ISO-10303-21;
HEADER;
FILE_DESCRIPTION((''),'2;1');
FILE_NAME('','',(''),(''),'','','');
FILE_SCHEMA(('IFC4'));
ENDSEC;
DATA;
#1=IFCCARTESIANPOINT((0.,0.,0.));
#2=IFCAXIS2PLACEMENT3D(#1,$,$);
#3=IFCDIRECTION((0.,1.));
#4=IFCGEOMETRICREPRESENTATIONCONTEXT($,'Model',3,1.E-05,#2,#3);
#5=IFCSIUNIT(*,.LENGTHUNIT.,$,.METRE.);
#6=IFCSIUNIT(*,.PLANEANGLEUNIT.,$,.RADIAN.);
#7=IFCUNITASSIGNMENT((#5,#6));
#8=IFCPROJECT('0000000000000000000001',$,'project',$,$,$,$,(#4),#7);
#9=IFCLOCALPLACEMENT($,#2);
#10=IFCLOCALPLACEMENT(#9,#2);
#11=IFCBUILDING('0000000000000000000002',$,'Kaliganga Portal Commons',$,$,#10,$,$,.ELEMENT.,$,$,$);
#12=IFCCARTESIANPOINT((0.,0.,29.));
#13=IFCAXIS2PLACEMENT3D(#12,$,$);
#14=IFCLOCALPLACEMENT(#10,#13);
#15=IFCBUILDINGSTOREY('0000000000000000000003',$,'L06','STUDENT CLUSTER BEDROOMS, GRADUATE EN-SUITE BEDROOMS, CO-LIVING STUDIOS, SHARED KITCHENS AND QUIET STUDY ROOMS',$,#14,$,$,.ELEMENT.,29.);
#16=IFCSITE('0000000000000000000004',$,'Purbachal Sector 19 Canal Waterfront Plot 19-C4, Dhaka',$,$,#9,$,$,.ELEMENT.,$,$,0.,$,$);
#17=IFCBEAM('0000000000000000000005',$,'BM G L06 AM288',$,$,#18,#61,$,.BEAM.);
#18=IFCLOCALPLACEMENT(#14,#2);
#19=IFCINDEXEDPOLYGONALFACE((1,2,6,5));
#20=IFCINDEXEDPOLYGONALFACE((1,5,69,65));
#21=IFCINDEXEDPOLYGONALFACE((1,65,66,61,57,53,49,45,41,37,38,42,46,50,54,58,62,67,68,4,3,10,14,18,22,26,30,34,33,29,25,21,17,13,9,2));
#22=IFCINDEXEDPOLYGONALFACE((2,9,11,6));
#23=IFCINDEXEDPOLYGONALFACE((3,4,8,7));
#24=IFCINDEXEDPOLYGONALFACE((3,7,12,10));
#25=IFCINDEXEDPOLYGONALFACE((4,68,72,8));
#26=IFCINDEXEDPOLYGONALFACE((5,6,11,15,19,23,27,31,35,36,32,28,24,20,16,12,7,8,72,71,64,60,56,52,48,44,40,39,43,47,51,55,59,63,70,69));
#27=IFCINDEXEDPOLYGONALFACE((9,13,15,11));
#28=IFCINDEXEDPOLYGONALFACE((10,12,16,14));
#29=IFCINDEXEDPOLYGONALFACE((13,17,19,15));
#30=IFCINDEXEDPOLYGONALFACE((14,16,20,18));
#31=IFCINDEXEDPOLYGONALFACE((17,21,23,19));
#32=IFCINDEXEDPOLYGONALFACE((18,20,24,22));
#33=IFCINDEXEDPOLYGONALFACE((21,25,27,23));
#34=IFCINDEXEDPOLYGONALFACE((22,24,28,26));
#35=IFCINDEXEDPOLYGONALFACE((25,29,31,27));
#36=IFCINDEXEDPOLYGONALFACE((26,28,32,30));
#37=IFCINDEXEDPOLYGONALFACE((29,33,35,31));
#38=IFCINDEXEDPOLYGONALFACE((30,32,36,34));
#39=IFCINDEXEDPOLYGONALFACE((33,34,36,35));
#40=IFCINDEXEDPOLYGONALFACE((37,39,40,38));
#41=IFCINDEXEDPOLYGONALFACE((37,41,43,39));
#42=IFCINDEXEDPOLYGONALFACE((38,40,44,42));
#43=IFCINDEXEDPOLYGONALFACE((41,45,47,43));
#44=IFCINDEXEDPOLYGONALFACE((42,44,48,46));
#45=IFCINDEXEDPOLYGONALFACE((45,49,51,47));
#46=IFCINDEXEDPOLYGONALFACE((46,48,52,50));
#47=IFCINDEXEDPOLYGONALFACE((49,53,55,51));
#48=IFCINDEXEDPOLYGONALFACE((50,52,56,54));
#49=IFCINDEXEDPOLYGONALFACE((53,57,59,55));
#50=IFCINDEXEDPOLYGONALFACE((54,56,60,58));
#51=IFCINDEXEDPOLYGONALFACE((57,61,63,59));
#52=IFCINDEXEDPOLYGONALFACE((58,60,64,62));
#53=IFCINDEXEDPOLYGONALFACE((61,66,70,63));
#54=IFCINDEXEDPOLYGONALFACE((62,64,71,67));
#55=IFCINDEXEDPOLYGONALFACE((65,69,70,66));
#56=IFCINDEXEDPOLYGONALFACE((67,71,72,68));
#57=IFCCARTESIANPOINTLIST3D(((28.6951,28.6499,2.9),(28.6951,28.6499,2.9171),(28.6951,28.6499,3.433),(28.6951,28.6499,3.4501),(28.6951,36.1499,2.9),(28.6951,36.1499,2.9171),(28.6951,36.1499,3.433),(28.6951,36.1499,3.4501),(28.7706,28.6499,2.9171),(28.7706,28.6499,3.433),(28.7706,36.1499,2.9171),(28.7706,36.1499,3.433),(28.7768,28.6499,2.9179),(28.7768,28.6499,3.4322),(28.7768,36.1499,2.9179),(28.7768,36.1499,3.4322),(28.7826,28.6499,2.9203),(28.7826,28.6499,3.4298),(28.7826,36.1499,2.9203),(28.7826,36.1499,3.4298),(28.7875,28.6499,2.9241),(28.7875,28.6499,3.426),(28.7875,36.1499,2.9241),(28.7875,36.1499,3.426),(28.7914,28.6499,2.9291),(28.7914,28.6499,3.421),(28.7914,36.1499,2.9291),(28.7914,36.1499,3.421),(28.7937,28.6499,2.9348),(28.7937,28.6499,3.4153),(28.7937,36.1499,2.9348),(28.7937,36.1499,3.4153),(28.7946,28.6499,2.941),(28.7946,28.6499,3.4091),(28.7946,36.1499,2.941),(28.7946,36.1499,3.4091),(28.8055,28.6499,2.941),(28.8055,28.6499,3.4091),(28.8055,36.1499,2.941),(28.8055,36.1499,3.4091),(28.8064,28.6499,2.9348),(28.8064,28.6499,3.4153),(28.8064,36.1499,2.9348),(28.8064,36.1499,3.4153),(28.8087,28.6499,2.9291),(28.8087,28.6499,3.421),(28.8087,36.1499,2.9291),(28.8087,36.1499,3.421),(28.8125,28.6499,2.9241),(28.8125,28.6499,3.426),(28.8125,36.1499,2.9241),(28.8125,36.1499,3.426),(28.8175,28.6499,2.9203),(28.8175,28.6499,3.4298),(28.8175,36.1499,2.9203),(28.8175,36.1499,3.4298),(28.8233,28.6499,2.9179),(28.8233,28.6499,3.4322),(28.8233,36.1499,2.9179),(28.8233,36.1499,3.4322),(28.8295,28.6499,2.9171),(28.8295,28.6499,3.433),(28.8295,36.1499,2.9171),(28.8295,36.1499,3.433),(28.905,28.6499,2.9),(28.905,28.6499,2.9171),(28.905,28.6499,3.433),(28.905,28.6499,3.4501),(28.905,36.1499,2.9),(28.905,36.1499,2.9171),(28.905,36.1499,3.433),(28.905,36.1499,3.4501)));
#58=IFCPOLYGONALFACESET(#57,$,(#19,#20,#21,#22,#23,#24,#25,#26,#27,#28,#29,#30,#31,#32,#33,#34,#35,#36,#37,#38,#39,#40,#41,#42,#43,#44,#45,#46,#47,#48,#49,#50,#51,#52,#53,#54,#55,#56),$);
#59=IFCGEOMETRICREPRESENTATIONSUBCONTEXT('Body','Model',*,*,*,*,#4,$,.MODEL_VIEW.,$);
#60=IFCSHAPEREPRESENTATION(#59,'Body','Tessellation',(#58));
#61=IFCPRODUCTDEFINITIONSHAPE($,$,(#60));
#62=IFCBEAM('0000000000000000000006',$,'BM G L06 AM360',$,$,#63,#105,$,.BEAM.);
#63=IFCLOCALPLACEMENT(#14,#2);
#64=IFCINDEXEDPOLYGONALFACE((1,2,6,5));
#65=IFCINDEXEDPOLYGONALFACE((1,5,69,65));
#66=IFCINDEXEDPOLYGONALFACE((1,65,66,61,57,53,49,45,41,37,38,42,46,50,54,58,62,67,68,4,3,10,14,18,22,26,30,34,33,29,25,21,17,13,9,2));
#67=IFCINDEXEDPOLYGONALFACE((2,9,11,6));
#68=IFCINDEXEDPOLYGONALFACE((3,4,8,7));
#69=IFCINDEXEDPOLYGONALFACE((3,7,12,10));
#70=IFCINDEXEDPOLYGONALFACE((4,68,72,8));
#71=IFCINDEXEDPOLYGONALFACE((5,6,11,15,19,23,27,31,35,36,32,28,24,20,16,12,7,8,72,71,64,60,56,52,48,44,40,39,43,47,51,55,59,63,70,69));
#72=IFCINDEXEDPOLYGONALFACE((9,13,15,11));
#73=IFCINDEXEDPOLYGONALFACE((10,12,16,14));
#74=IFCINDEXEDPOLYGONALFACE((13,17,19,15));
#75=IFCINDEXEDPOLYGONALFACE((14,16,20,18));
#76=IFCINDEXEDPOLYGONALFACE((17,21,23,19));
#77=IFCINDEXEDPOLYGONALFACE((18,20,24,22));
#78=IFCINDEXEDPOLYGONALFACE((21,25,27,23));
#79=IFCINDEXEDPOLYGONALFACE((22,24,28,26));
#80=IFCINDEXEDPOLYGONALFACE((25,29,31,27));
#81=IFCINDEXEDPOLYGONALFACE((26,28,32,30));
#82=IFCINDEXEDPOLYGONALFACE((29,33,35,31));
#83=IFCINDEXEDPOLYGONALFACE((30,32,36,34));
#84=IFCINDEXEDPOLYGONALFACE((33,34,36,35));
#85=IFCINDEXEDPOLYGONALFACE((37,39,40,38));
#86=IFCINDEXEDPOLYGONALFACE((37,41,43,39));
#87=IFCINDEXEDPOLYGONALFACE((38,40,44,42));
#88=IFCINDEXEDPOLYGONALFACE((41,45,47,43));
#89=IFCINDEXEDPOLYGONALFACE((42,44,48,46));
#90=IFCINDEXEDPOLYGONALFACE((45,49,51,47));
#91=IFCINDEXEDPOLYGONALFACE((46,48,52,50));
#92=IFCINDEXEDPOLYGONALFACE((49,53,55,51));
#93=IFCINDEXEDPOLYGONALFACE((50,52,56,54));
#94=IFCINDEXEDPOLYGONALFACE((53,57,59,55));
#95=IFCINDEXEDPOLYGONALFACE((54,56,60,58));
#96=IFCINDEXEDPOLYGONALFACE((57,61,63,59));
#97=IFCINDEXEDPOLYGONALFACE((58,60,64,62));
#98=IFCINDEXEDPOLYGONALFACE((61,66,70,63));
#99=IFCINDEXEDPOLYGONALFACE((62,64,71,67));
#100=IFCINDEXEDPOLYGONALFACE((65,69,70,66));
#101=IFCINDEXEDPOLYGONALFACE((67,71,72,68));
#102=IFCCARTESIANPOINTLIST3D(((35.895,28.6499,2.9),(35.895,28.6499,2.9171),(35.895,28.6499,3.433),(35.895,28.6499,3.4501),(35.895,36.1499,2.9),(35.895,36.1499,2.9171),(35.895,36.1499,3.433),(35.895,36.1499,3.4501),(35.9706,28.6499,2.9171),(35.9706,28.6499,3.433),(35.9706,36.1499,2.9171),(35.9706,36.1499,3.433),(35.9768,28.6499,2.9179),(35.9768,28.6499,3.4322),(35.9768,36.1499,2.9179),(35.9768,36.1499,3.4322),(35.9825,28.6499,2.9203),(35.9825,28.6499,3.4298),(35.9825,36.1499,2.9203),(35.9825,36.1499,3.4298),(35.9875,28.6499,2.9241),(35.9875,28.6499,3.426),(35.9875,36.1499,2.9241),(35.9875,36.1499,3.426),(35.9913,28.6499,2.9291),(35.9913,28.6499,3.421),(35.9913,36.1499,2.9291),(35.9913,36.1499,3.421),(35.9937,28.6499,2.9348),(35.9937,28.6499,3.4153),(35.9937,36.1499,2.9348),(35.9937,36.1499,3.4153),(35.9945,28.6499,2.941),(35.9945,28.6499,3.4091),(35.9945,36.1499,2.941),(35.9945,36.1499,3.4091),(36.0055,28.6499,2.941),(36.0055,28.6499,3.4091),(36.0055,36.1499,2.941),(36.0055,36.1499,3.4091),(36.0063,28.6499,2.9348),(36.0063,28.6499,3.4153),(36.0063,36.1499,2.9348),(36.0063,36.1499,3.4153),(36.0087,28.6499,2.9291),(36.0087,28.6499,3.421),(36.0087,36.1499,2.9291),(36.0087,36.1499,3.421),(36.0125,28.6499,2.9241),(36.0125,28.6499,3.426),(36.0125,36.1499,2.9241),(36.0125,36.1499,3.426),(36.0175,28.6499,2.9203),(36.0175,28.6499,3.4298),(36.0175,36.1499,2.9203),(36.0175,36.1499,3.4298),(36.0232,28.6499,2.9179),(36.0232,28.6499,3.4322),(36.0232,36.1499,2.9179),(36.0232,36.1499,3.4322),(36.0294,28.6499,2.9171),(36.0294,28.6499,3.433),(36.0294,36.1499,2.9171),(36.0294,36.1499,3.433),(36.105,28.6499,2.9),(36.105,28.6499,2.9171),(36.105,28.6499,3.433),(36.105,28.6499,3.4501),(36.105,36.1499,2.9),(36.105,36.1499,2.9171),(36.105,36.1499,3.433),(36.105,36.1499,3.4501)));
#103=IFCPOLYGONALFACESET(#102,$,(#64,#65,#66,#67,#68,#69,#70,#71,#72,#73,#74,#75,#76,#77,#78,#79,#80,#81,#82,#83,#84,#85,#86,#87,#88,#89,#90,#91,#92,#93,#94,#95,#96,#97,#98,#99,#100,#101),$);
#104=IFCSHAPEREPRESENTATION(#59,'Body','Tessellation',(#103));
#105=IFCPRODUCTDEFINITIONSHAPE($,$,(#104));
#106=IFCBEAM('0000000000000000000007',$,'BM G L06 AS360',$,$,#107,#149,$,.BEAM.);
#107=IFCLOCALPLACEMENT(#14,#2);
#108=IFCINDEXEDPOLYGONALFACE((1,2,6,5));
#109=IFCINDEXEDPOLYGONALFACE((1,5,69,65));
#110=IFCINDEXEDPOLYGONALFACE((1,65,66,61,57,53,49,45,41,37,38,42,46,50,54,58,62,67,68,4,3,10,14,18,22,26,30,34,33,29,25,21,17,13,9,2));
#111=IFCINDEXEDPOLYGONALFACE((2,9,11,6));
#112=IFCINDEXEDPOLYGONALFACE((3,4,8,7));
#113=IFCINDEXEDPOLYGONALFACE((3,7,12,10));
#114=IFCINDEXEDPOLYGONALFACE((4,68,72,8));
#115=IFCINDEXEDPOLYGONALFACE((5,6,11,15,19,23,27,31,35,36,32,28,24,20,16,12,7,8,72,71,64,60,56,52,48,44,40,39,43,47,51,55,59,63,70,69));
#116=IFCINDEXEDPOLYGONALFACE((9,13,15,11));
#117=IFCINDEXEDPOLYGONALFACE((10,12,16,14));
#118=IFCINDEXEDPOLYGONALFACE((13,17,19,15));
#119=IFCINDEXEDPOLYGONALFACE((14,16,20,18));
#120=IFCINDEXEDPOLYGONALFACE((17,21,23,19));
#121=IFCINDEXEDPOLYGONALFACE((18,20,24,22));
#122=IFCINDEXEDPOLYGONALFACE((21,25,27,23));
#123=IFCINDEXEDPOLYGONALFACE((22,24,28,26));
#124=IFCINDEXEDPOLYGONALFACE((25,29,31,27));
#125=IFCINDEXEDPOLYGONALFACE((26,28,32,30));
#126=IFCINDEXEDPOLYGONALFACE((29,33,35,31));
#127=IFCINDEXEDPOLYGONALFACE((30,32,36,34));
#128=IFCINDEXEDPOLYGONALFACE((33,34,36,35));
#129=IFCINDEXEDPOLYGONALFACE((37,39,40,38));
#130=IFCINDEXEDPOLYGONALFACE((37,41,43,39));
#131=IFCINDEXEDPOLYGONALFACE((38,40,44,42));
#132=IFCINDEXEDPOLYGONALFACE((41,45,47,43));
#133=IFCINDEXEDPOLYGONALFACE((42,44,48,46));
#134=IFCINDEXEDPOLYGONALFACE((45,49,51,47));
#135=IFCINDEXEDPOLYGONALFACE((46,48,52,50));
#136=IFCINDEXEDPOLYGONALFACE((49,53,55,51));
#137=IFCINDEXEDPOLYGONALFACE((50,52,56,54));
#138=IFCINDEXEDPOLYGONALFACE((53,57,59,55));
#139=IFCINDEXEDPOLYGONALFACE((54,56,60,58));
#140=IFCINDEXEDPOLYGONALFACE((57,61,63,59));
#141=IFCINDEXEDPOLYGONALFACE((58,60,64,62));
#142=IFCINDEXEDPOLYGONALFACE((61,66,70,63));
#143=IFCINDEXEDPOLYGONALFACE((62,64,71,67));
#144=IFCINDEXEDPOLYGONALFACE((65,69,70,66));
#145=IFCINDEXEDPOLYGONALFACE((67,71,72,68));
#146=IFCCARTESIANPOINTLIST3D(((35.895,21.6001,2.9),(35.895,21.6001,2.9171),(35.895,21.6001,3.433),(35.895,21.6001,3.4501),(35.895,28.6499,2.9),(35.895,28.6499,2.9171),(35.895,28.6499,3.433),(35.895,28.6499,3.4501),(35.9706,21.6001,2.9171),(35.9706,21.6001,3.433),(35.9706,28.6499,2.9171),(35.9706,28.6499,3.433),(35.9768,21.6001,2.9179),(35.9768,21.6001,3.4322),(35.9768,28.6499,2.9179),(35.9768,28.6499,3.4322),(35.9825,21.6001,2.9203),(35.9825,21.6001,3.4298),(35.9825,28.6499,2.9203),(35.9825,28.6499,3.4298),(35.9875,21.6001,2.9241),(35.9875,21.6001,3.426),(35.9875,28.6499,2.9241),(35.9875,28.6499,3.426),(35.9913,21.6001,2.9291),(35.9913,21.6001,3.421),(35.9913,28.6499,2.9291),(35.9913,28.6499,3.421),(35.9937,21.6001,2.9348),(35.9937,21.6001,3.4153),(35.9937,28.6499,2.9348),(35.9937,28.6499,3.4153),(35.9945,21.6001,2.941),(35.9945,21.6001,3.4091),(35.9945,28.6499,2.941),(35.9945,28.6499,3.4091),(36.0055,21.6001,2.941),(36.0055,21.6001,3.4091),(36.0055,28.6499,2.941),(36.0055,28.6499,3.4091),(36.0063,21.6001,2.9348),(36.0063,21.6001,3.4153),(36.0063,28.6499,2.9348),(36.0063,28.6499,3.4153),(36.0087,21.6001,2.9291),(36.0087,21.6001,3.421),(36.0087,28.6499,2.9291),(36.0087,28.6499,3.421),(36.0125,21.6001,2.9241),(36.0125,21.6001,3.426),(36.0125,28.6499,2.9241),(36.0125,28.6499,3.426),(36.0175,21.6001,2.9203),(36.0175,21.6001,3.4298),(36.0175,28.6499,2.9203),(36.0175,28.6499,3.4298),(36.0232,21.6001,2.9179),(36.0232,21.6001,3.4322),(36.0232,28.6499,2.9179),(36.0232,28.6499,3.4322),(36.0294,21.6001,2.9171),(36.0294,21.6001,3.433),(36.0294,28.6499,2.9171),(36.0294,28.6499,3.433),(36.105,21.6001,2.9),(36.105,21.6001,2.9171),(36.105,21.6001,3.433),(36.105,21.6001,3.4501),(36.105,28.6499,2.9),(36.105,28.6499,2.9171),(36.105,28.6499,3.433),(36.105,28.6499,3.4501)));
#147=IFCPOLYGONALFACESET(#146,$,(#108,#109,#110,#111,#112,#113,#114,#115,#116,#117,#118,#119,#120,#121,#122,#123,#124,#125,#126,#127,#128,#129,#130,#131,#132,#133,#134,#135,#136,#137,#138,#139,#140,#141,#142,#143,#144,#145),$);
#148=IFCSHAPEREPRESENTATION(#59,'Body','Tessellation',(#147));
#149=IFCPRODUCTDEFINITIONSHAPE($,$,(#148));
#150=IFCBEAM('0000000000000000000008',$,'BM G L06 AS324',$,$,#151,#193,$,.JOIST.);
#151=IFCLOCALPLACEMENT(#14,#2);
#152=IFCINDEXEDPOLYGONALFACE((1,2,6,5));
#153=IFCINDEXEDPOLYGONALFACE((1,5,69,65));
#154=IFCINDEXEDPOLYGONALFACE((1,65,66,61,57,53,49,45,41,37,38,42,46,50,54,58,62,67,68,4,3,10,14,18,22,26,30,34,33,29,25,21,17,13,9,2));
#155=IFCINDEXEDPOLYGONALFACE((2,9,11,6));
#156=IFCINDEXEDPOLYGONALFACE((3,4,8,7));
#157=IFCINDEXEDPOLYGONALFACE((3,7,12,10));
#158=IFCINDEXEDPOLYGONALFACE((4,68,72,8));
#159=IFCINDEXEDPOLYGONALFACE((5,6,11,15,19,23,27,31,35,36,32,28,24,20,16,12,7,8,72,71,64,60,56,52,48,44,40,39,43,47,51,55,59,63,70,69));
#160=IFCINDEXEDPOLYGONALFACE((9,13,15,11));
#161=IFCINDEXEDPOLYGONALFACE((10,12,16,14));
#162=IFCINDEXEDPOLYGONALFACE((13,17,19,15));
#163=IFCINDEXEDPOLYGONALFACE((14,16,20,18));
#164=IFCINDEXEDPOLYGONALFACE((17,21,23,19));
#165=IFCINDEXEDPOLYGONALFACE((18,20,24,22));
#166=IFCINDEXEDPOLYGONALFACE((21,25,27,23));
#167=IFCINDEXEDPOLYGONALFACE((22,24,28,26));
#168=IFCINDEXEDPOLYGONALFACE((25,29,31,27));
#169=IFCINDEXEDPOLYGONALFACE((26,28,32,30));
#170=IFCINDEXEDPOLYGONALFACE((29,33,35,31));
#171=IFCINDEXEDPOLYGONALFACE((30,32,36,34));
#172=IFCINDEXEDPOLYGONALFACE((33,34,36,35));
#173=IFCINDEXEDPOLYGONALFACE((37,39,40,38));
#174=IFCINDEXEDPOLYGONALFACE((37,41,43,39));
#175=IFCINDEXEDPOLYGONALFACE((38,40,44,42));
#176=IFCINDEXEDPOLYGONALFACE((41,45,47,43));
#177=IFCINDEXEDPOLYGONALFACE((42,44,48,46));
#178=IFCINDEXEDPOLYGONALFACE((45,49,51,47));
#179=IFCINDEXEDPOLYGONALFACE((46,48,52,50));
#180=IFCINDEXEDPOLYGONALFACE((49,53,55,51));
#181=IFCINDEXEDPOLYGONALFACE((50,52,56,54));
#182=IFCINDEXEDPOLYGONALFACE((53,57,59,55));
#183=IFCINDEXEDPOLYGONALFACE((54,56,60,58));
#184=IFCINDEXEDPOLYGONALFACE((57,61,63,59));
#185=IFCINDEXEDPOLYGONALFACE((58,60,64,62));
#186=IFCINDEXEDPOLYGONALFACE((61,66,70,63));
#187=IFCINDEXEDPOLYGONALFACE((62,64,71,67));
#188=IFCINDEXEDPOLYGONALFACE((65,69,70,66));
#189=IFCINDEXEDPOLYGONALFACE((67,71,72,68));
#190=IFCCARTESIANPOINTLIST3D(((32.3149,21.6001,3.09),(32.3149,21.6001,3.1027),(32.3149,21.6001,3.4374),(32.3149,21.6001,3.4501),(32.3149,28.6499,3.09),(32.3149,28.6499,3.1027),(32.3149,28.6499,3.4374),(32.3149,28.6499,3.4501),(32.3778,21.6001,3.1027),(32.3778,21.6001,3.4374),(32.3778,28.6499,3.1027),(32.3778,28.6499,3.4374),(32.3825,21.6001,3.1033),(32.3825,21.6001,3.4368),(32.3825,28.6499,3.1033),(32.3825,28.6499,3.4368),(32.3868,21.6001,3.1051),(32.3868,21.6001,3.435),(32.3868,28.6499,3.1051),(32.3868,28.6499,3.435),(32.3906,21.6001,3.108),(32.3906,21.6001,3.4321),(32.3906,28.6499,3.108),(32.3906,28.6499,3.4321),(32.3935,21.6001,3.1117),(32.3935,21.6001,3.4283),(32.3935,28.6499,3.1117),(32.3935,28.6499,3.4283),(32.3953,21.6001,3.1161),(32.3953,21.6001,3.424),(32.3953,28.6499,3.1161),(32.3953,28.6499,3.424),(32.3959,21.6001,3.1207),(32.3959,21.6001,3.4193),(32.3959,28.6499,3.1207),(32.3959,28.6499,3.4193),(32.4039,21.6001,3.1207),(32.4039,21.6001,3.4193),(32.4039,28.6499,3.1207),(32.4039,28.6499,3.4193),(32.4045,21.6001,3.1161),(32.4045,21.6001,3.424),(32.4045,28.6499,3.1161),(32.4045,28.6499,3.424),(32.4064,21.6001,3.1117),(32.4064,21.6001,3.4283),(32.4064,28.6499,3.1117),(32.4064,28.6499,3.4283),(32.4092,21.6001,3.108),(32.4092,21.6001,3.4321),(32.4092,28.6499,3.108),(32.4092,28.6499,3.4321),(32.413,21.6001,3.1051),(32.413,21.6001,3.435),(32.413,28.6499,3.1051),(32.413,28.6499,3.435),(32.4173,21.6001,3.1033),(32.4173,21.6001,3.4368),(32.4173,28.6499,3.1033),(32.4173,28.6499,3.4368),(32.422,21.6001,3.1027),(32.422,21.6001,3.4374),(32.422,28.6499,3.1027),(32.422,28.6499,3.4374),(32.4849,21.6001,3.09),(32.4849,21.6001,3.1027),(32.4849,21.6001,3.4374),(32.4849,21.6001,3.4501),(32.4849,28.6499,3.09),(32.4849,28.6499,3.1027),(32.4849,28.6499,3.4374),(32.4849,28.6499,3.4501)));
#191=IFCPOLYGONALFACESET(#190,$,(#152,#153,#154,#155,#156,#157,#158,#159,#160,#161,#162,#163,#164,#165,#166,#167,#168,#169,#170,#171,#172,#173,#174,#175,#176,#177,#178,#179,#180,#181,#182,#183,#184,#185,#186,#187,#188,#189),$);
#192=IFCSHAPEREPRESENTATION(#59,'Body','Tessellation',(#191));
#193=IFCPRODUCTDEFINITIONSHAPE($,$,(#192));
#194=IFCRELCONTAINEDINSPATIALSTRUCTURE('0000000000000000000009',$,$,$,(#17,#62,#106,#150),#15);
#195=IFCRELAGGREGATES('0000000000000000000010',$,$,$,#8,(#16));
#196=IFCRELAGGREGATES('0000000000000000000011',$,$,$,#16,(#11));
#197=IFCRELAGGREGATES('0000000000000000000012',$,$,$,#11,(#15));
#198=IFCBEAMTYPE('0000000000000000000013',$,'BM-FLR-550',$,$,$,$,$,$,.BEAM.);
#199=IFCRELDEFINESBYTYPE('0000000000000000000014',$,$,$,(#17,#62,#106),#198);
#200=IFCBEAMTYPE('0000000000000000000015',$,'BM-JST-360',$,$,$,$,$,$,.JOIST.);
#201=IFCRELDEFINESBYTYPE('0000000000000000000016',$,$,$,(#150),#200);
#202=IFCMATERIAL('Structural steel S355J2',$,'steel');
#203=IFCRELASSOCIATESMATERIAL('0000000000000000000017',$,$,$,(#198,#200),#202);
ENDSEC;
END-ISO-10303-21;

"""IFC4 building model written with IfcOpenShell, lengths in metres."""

from ifc_helpers import new_model, si_unit, direction, frame, origin, origin_2d, place, context, subcontext, project, spatial, i_section, extrude, source, transform, mapped, material, material_profile, profile_set, type_object, element, save


model = new_model("IFC4")

# Units and contexts
model_context = context("Model", 3, precision=1e-05, world=origin(), true_north=direction((0.0, 1.0)))
body_context = subcontext(model_context, "Body", "Model", "MODEL_VIEW")
ifc_project = project(units=[si_unit("LENGTHUNIT", "METRE"), si_unit("PLANEANGLEUNIT", "RADIAN")], contexts=[model_context])

# Site, building, storey
site_placement = place(None, origin())
site = spatial("IfcSite", under=ifc_project, at=site_placement, Name="Purbachal Sector 19 Canal Waterfront Plot 19-C4, Dhaka", CompositionType="ELEMENT", RefElevation=0.0)
building_placement = place(site_placement, origin())
building = spatial("IfcBuilding", under=site, at=building_placement, Name="Kaliganga Portal Commons", CompositionType="ELEMENT")
storey_placement = place(building_placement, frame((0.0, 0.0, 29.0)))
storey = spatial("IfcBuildingStorey", under=building, at=storey_placement, Name="L06", Description="STUDENT CLUSTER BEDROOMS, GRADUATE EN-SUITE BEDROOMS, CO-LIVING STUDIOS, SHARED KITCHENS AND QUIET STUDY ROOMS", CompositionType="ELEMENT", Elevation=29.0)

# Beams
ifc_material_1 = material(Name="Structural steel S355J2", Category="steel")
ifc_material_profile_1 = material_profile(ifc_material_1, i_section(OverallWidth=0.21, OverallDepth=0.55, WebThickness=0.011, FlangeThickness=0.0171, FilletRadius=0.0239, at=origin_2d()), Name="IPE 550")
ifc_profile_set_1 = profile_set([ifc_material_profile_1], Name="Structural steel S355J2 wide-flange")
beam_type_1 = type_object("IfcBeamType", Name="BM-FLR-550", PredefinedType="BEAM", material=ifc_profile_set_1)
shared_shape_1 = source(origin(), body_context, "Body", "SweptSolid", [
    extrude(i_section(OverallWidth=0.21, OverallDepth=0.55, WebThickness=0.011, FlangeThickness=0.0171, FilletRadius=0.0239, at=origin_2d()), origin(), (0.0, 0.0, 1.0), 7.5),
])
for number, where, z_axis, x_axis, name in (
    (1, (28.8, 28.6499, 3.175), (0.0, 1.0, 0.0), (-1.0, 0.0, 0.0), "BM G L06 AM288"),
    (2, (36.0, 28.6499, 3.175), (0.0, 1.0, 0.0), (-1.0, 0.0, 0.0), "BM G L06 AM360"),
):
    element("IfcBeam", number, at=place(storey_placement, frame(where, z_axis=z_axis, x_axis=x_axis)), inside=storey, type_object=beam_type_1, Name=name, PredefinedType="BEAM", context=body_context, shape_type="MappedRepresentation", body=[
        mapped(shared_shape_1, transform((0.0, 0.0, 0.0), x_axis=(1.0, 0.0, 0.0), y_axis=(0.0, 1.0, 0.0), z_axis=(0.0, 0.0, 1.0), scale=1.0)),
    ])
shared_shape_2 = source(origin(), body_context, "Body", "SweptSolid", [
    extrude(i_section(OverallWidth=0.21, OverallDepth=0.55, WebThickness=0.011, FlangeThickness=0.0171, FilletRadius=0.0239, at=origin_2d()), origin(), (0.0, 0.0, 1.0), 7.0498),
])
beam_1_placement = place(storey_placement, frame((36.0, 21.6001, 3.175), z_axis=(0.0, 1.0, 0.0), x_axis=(-1.0, 0.0, 0.0)))
element("IfcBeam", 3, at=beam_1_placement, inside=storey, type_object=beam_type_1, Name="BM G L06 AS360", PredefinedType="BEAM", context=body_context, shape_type="MappedRepresentation", body=[
    mapped(shared_shape_2, transform((0.0, 0.0, 0.0), x_axis=(1.0, 0.0, 0.0), y_axis=(0.0, 1.0, 0.0), z_axis=(0.0, 0.0, 1.0), scale=1.0)),
])
ifc_material_profile_2 = material_profile(ifc_material_1, i_section(OverallWidth=0.1699, OverallDepth=0.3601, WebThickness=0.0081, FlangeThickness=0.0127, FilletRadius=0.0181, at=origin_2d()), Name="IPE 360")
ifc_profile_set_2 = profile_set([ifc_material_profile_2], Name="Structural steel S355J2 wide-flange")
beam_type_2 = type_object("IfcBeamType", Name="BM-JST-360", PredefinedType="JOIST", material=ifc_profile_set_2)
shared_shape_3 = source(origin(), body_context, "Body", "SweptSolid", [
    extrude(i_section(OverallWidth=0.1699, OverallDepth=0.3601, WebThickness=0.0081, FlangeThickness=0.0127, FilletRadius=0.0181, at=origin_2d()), origin(), (0.0, 0.0, 1.0), 7.0498),
])
beam_2_placement = place(storey_placement, frame((32.3999, 21.6001, 3.27), z_axis=(0.0, 1.0, 0.0), x_axis=(-1.0, 0.0, 0.0)))
element("IfcBeam", 4, at=beam_2_placement, inside=storey, type_object=beam_type_2, Name="BM G L06 AS324", PredefinedType="JOIST", context=body_context, shape_type="MappedRepresentation", body=[
    mapped(shared_shape_3, transform((0.0, 0.0, 0.0), x_axis=(1.0, 0.0, 0.0), y_axis=(0.0, 1.0, 0.0), z_axis=(0.0, 0.0, 1.0), scale=1.0)),
])

save(model, "model.ifc")
